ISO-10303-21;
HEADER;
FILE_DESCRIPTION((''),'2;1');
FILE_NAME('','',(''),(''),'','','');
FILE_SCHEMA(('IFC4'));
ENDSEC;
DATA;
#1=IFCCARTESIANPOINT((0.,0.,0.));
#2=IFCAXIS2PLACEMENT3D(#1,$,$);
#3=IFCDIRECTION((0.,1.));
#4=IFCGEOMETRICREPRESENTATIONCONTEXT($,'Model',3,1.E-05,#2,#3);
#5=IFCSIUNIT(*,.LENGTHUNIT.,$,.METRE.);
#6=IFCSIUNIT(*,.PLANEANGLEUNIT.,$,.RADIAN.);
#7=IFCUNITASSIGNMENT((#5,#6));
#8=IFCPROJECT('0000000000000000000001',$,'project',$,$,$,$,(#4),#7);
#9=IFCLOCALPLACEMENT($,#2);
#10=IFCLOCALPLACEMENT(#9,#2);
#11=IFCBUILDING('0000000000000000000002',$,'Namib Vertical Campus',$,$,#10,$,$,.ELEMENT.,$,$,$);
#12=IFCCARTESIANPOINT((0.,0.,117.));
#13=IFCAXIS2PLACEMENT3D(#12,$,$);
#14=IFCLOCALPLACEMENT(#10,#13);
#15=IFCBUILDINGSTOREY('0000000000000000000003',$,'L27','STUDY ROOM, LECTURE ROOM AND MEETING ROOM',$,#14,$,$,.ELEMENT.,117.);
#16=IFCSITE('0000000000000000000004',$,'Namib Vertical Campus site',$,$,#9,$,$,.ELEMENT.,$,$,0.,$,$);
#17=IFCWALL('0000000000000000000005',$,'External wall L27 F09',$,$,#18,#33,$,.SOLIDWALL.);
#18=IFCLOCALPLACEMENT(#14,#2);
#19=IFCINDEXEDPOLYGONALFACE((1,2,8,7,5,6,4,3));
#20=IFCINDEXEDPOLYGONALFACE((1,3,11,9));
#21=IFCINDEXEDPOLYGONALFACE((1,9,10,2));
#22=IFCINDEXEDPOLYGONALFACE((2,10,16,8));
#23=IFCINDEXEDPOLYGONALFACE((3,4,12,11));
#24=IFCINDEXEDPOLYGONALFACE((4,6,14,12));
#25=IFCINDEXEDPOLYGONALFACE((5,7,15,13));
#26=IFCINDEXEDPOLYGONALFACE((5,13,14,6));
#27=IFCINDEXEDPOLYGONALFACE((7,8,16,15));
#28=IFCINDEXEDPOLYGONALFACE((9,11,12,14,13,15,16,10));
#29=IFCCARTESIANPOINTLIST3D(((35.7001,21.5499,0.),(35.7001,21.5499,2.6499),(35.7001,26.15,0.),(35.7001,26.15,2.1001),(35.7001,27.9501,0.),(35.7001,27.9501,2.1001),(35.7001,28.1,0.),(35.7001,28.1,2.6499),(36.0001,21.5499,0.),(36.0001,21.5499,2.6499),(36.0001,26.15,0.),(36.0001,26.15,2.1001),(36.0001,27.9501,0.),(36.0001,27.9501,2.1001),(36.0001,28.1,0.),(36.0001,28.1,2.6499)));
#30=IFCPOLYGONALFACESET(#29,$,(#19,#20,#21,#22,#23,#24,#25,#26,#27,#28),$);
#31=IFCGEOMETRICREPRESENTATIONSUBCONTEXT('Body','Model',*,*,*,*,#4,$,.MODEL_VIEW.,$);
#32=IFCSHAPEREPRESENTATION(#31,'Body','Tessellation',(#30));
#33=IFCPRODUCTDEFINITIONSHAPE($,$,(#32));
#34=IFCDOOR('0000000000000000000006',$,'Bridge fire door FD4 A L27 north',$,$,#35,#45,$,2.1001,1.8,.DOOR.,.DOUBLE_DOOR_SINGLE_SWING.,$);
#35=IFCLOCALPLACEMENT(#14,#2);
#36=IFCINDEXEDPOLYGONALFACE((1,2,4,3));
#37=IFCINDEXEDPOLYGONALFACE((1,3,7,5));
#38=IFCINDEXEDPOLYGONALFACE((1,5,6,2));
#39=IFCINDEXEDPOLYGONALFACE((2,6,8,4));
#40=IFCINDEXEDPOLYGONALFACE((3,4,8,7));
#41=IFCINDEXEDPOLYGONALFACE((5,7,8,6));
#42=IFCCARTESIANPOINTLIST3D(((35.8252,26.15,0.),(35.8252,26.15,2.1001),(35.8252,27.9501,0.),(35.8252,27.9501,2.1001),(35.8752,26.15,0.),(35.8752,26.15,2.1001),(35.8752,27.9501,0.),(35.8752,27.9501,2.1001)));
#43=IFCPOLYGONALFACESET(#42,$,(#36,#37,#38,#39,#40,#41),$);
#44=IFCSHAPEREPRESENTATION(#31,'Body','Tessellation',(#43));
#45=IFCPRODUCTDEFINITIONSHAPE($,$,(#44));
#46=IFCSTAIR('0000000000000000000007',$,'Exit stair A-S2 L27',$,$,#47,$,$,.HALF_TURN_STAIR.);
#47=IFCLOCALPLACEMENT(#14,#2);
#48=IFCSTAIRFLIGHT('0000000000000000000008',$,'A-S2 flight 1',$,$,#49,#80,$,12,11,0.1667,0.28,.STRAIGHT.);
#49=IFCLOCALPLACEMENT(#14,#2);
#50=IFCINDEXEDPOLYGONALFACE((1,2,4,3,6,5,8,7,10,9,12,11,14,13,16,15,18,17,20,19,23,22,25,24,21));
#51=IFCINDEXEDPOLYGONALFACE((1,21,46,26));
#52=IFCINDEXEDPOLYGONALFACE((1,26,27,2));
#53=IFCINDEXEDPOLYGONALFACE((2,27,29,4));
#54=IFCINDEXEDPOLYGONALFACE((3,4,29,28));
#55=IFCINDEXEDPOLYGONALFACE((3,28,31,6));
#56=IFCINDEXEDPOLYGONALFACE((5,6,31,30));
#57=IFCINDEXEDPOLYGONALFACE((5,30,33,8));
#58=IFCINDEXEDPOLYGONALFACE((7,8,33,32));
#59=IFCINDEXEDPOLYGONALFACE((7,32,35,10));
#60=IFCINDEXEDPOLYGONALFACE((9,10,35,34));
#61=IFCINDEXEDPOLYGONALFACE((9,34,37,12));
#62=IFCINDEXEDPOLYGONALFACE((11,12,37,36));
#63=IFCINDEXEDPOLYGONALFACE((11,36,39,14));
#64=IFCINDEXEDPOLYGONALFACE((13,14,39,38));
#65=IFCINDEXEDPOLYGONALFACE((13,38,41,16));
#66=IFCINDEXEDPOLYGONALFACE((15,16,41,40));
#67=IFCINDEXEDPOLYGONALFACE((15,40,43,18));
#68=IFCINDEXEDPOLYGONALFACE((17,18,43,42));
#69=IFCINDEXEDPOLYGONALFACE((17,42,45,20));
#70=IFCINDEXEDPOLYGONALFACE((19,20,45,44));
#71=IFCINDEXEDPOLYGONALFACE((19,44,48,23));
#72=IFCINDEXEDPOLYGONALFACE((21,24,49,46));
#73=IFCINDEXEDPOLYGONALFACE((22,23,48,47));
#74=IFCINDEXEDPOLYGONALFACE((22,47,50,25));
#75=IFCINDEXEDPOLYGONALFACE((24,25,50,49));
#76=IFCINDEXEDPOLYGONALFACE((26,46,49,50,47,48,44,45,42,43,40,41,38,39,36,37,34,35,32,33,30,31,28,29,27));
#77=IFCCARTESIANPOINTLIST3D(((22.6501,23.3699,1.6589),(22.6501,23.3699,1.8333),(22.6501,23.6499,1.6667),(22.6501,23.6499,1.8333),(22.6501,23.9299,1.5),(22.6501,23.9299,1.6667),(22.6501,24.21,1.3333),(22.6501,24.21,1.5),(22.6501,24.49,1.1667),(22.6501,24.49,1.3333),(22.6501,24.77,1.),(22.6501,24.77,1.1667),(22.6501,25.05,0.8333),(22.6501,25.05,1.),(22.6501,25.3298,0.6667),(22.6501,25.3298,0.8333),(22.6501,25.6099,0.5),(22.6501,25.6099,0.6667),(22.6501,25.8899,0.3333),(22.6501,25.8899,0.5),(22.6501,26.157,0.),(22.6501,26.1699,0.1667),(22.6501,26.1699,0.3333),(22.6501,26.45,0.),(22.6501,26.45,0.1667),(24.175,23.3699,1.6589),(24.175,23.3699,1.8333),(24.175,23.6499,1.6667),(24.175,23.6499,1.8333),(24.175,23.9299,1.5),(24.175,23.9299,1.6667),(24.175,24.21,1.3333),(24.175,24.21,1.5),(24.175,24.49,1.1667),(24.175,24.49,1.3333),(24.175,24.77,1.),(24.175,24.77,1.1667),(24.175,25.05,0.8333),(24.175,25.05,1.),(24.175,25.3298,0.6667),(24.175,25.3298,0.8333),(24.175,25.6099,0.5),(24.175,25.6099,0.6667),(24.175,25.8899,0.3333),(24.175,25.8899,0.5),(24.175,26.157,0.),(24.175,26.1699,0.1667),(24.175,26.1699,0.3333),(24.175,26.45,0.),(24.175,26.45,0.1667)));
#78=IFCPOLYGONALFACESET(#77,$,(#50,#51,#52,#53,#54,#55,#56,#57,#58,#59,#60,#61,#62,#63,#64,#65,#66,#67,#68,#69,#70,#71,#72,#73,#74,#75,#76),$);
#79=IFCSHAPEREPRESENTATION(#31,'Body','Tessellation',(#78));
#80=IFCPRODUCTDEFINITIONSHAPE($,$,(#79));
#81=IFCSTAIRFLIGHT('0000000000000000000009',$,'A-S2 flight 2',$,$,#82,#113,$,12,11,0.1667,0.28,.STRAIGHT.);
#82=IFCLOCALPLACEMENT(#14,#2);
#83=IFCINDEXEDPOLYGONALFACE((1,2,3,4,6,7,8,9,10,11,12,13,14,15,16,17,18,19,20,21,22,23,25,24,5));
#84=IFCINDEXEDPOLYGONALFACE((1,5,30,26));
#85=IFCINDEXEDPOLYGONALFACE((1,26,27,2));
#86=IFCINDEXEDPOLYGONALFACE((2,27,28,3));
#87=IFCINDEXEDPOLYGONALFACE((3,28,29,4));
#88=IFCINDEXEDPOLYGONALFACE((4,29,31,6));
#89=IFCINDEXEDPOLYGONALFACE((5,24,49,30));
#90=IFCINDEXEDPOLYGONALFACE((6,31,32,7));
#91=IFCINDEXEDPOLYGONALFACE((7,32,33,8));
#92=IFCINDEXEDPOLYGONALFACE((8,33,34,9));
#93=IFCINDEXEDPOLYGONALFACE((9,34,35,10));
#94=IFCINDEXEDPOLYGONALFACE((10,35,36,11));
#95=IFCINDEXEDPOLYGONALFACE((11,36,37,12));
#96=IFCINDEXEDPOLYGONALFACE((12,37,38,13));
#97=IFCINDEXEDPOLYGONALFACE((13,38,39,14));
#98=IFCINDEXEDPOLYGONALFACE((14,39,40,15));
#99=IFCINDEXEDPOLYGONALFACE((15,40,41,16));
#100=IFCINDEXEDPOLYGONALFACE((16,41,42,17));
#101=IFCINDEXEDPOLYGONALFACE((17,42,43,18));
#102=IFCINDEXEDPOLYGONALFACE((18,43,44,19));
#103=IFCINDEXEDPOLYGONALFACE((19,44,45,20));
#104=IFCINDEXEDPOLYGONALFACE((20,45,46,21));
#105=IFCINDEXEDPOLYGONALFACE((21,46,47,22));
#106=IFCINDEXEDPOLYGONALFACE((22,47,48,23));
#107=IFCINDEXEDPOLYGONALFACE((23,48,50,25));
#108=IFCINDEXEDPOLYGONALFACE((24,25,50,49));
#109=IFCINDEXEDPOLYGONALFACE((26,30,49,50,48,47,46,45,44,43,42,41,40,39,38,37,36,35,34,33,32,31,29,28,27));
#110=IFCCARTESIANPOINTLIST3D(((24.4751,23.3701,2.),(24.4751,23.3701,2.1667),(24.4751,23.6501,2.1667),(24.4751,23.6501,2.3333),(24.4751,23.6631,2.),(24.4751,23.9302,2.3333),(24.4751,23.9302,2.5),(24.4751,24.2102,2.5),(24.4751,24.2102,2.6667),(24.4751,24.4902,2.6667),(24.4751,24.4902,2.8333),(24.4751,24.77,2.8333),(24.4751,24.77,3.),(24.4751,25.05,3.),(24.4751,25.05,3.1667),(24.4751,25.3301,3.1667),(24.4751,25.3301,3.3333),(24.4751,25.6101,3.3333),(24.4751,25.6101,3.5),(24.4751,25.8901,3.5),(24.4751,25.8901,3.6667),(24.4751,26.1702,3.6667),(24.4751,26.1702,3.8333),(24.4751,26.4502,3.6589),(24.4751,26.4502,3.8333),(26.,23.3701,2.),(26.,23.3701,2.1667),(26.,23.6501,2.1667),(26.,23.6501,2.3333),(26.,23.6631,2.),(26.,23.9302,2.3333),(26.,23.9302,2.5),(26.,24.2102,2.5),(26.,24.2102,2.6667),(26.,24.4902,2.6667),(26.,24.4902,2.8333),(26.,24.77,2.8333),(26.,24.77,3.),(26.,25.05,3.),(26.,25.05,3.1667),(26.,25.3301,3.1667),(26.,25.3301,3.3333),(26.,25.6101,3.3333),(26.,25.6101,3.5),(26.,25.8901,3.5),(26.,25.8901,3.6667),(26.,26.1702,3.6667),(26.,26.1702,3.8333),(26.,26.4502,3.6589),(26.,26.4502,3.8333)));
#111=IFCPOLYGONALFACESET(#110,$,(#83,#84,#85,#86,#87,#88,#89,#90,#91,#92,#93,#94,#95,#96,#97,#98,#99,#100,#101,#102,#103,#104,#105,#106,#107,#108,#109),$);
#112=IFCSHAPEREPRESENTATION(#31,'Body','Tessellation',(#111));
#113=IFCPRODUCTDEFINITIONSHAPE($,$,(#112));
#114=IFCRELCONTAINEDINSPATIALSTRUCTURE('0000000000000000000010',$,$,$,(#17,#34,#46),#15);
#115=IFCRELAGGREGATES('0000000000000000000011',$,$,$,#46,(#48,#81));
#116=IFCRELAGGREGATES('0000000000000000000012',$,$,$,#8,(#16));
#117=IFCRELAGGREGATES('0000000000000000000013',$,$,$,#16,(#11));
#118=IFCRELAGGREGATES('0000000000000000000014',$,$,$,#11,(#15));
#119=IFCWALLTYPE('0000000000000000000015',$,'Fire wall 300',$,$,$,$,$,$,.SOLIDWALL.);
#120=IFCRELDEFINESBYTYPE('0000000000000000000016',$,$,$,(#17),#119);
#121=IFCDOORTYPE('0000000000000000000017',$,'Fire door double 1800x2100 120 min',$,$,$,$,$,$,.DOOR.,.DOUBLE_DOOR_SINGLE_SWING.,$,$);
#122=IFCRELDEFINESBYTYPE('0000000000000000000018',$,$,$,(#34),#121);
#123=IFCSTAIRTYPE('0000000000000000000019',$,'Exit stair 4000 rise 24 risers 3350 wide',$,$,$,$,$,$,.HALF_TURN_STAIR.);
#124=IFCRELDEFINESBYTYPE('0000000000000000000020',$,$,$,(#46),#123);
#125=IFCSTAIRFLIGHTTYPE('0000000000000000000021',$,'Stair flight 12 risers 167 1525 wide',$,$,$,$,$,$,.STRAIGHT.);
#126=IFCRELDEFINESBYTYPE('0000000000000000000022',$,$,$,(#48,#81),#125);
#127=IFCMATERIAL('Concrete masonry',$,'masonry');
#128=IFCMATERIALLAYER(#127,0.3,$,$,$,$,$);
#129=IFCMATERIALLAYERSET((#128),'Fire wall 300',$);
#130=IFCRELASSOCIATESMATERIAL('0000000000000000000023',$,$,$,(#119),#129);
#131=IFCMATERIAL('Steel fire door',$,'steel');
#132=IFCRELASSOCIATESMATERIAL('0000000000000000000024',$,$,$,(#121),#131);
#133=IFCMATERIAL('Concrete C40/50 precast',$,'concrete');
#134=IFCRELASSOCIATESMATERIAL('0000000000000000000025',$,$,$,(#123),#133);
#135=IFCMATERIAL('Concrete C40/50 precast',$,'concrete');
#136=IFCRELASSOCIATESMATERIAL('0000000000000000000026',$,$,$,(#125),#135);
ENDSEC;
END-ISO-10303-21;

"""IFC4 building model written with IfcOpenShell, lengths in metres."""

from ifc_helpers import new_model, si_unit, direction, frame, frame_2d, origin, place, context, subcontext, project, spatial, polyline, rectangle, outline, extrude, material, layer, layer_set, type_object, element, fill, aggregate, save


model = new_model("IFC4")

# Units and contexts
model_context = context("Model", 3, precision=1e-05, world=origin(), true_north=direction((0.0, 1.0)))
body_context = subcontext(model_context, "Body", "Model", "MODEL_VIEW")
ifc_project = project(units=[si_unit("LENGTHUNIT", "METRE"), si_unit("PLANEANGLEUNIT", "RADIAN")], contexts=[model_context])

# Site, building, storey
site_placement = place(None, origin())
site = spatial("IfcSite", under=ifc_project, at=site_placement, Name="Namib Vertical Campus site", CompositionType="ELEMENT", RefElevation=0.0)
building_placement = place(site_placement, origin())
building = spatial("IfcBuilding", under=site, at=building_placement, Name="Namib Vertical Campus", CompositionType="ELEMENT")
storey_placement = place(building_placement, frame((0.0, 0.0, 117.0)))
storey = spatial("IfcBuildingStorey", under=building, at=storey_placement, Name="L27", Description="STUDY ROOM, LECTURE ROOM AND MEETING ROOM", CompositionType="ELEMENT", Elevation=117.0)

# Wall, opening, door
ifc_material_1 = material(Name="Concrete masonry", Category="masonry")
ifc_layer_1 = layer(ifc_material_1, 0.3)
ifc_layer_set_1 = layer_set([ifc_layer_1], Name="Fire wall 300")
wall_type_1 = type_object("IfcWallType", Name="Fire wall 300", PredefinedType="SOLIDWALL", material=ifc_layer_set_1)
wall_1_placement = place(storey_placement, frame((35.8501, 21.55, 0.0), z_axis=(0.0, 0.0, 1.0), x_axis=(0.0, 1.0, 0.0)))
wall_1 = element("IfcWall", 1, at=wall_1_placement, inside=storey, type_object=wall_type_1, Name="External wall L27 F09", PredefinedType="SOLIDWALL", context=body_context, shape_type="SweptSolid", body=[
    extrude(rectangle(XDim=6.55, YDim=0.3, at=frame_2d((3.2749, 0.0))), origin(), (0.0, 0.0, 1.0), 2.6499),
])
opening_1_placement = place(wall_1_placement, frame((4.6001, 0.0, 0.0)))
opening_1 = element("IfcOpeningElement", 2, at=opening_1_placement, cuts=wall_1, PredefinedType="OPENING", context=body_context, shape_type="SweptSolid", body=[
    extrude(rectangle(XDim=1.8, YDim=2.1001, at=frame_2d((0.8999, 1.05))), frame((0.0, 0.1599, 0.0), z_axis=(0.0, -1.0, 0.0), x_axis=(1.0, 0.0, 0.0)), (0.0, 0.0, 1.0), 0.3201),
])
ifc_material_2 = material(Name="Steel fire door", Category="steel")
door_type_1 = type_object("IfcDoorType", Name="Fire door double 1800x2100 120 min", OperationType="DOUBLE_DOOR_SINGLE_SWING", PredefinedType="DOOR", material=ifc_material_2)
door_1_placement = place(opening_1_placement, origin())
door_1 = element("IfcDoor", 3, at=door_1_placement, inside=storey, type_object=door_type_1, Name="Bridge fire door FD4 A L27 north", OperationType="DOUBLE_DOOR_SINGLE_SWING", OverallHeight=2.1001, OverallWidth=1.8, PredefinedType="DOOR", context=body_context, shape_type="SweptSolid", body=[
    extrude(rectangle(XDim=1.8, YDim=2.1001, at=frame_2d((0.8999, 1.05))), frame((0.0, 0.0249, 0.0), z_axis=(0.0, -1.0, 0.0), x_axis=(1.0, 0.0, 0.0)), (0.0, 0.0, 1.0), 0.05),
])
fill(opening_1, door_1)

# Stair, stair flights
ifc_material_3 = material(Name="Concrete C40/50 precast", Category="concrete")
stair_type = type_object("IfcStairType", Name="Exit stair 4000 rise 24 risers 3350 wide", PredefinedType="HALF_TURN_STAIR", material=ifc_material_3)
stair_placement = place(storey_placement, origin())
stair = element("IfcStair", 4, at=stair_placement, inside=storey, type_object=stair_type, Name="Exit stair A-S2 L27", PredefinedType="HALF_TURN_STAIR")
ifc_material_4 = material(Name="Concrete C40/50 precast", Category="concrete")
stair_flight_type = type_object("IfcStairFlightType", Name="Stair flight 12 risers 167 1525 wide", PredefinedType="STRAIGHT", material=ifc_material_4)
stair_flight_1_placement = place(storey_placement, frame((23.4126, 26.45, 0.0), z_axis=(0.0, 0.0, 1.0), x_axis=(0.0, -1.0, 0.0)))
stair_flight_1 = element("IfcStairFlight", 5, at=stair_flight_1_placement, type_object=stair_flight_type, Name="A-S2 flight 1", NumberOfRisers=12, NumberOfTreads=11, PredefinedType="STRAIGHT", RiserHeight=0.1667, TreadLength=0.28, context=body_context, shape_type="SweptSolid", body=[
    extrude(outline(polyline([(0.0, 0.0), (0.0, 0.1667), (0.28, 0.1667), (0.28, 0.3333), (0.5601, 0.3333), (0.5601, 0.5), (0.8401, 0.5), (0.8401, 0.6667), (1.1201, 0.6667), (1.1201, 0.8333), (1.3999, 0.8333), (1.3999, 1.0), (1.6799, 1.0), (1.6799, 1.1667), (1.96, 1.1667), (1.96, 1.3333), (2.24, 1.3333), (2.24, 1.5), (2.52, 1.5), (2.52, 1.6667), (2.8, 1.6667), (2.8, 1.8333), (3.0801, 1.8333), (3.0801, 2.0), (3.0801, 1.6589), (0.293, 0.0), (0.0, 0.0)])), frame((0.0, 0.7625, 0.0), z_axis=(0.0, -1.0, 0.0), x_axis=(1.0, 0.0, 0.0)), (0.0, 0.0, 1.0), 1.5249),
])
stair_flight_2_placement = place(storey_placement, frame((25.2375, 23.3701, 2.0), z_axis=(0.0, 0.0, 1.0), x_axis=(0.0, 1.0, 0.0)))
stair_flight_2 = element("IfcStairFlight", 6, at=stair_flight_2_placement, type_object=stair_flight_type, Name="A-S2 flight 2", NumberOfRisers=12, NumberOfTreads=11, PredefinedType="STRAIGHT", RiserHeight=0.1667, TreadLength=0.28, context=body_context, shape_type="SweptSolid", body=[
    extrude(outline(polyline([(0.0, 0.0), (0.0, 0.1667), (0.28, 0.1667), (0.28, 0.3333), (0.5601, 0.3333), (0.5601, 0.5), (0.8401, 0.5), (0.8401, 0.6667), (1.1201, 0.6667), (1.1201, 0.8333), (1.3999, 0.8333), (1.3999, 1.0), (1.6799, 1.0), (1.6799, 1.1667), (1.96, 1.1667), (1.96, 1.3333), (2.24, 1.3333), (2.24, 1.5), (2.52, 1.5), (2.52, 1.6667), (2.8, 1.6667), (2.8, 1.8333), (3.0801, 1.8333), (3.0801, 2.0), (3.0801, 1.6589), (0.293, 0.0), (0.0, 0.0)])), frame((0.0, 0.7625, 0.0), z_axis=(0.0, -1.0, 0.0), x_axis=(1.0, 0.0, 0.0)), (0.0, 0.0, 1.0), 1.5249),
])
aggregate(stair, [stair_flight_1, stair_flight_2])

save(model, "model.ifc")
